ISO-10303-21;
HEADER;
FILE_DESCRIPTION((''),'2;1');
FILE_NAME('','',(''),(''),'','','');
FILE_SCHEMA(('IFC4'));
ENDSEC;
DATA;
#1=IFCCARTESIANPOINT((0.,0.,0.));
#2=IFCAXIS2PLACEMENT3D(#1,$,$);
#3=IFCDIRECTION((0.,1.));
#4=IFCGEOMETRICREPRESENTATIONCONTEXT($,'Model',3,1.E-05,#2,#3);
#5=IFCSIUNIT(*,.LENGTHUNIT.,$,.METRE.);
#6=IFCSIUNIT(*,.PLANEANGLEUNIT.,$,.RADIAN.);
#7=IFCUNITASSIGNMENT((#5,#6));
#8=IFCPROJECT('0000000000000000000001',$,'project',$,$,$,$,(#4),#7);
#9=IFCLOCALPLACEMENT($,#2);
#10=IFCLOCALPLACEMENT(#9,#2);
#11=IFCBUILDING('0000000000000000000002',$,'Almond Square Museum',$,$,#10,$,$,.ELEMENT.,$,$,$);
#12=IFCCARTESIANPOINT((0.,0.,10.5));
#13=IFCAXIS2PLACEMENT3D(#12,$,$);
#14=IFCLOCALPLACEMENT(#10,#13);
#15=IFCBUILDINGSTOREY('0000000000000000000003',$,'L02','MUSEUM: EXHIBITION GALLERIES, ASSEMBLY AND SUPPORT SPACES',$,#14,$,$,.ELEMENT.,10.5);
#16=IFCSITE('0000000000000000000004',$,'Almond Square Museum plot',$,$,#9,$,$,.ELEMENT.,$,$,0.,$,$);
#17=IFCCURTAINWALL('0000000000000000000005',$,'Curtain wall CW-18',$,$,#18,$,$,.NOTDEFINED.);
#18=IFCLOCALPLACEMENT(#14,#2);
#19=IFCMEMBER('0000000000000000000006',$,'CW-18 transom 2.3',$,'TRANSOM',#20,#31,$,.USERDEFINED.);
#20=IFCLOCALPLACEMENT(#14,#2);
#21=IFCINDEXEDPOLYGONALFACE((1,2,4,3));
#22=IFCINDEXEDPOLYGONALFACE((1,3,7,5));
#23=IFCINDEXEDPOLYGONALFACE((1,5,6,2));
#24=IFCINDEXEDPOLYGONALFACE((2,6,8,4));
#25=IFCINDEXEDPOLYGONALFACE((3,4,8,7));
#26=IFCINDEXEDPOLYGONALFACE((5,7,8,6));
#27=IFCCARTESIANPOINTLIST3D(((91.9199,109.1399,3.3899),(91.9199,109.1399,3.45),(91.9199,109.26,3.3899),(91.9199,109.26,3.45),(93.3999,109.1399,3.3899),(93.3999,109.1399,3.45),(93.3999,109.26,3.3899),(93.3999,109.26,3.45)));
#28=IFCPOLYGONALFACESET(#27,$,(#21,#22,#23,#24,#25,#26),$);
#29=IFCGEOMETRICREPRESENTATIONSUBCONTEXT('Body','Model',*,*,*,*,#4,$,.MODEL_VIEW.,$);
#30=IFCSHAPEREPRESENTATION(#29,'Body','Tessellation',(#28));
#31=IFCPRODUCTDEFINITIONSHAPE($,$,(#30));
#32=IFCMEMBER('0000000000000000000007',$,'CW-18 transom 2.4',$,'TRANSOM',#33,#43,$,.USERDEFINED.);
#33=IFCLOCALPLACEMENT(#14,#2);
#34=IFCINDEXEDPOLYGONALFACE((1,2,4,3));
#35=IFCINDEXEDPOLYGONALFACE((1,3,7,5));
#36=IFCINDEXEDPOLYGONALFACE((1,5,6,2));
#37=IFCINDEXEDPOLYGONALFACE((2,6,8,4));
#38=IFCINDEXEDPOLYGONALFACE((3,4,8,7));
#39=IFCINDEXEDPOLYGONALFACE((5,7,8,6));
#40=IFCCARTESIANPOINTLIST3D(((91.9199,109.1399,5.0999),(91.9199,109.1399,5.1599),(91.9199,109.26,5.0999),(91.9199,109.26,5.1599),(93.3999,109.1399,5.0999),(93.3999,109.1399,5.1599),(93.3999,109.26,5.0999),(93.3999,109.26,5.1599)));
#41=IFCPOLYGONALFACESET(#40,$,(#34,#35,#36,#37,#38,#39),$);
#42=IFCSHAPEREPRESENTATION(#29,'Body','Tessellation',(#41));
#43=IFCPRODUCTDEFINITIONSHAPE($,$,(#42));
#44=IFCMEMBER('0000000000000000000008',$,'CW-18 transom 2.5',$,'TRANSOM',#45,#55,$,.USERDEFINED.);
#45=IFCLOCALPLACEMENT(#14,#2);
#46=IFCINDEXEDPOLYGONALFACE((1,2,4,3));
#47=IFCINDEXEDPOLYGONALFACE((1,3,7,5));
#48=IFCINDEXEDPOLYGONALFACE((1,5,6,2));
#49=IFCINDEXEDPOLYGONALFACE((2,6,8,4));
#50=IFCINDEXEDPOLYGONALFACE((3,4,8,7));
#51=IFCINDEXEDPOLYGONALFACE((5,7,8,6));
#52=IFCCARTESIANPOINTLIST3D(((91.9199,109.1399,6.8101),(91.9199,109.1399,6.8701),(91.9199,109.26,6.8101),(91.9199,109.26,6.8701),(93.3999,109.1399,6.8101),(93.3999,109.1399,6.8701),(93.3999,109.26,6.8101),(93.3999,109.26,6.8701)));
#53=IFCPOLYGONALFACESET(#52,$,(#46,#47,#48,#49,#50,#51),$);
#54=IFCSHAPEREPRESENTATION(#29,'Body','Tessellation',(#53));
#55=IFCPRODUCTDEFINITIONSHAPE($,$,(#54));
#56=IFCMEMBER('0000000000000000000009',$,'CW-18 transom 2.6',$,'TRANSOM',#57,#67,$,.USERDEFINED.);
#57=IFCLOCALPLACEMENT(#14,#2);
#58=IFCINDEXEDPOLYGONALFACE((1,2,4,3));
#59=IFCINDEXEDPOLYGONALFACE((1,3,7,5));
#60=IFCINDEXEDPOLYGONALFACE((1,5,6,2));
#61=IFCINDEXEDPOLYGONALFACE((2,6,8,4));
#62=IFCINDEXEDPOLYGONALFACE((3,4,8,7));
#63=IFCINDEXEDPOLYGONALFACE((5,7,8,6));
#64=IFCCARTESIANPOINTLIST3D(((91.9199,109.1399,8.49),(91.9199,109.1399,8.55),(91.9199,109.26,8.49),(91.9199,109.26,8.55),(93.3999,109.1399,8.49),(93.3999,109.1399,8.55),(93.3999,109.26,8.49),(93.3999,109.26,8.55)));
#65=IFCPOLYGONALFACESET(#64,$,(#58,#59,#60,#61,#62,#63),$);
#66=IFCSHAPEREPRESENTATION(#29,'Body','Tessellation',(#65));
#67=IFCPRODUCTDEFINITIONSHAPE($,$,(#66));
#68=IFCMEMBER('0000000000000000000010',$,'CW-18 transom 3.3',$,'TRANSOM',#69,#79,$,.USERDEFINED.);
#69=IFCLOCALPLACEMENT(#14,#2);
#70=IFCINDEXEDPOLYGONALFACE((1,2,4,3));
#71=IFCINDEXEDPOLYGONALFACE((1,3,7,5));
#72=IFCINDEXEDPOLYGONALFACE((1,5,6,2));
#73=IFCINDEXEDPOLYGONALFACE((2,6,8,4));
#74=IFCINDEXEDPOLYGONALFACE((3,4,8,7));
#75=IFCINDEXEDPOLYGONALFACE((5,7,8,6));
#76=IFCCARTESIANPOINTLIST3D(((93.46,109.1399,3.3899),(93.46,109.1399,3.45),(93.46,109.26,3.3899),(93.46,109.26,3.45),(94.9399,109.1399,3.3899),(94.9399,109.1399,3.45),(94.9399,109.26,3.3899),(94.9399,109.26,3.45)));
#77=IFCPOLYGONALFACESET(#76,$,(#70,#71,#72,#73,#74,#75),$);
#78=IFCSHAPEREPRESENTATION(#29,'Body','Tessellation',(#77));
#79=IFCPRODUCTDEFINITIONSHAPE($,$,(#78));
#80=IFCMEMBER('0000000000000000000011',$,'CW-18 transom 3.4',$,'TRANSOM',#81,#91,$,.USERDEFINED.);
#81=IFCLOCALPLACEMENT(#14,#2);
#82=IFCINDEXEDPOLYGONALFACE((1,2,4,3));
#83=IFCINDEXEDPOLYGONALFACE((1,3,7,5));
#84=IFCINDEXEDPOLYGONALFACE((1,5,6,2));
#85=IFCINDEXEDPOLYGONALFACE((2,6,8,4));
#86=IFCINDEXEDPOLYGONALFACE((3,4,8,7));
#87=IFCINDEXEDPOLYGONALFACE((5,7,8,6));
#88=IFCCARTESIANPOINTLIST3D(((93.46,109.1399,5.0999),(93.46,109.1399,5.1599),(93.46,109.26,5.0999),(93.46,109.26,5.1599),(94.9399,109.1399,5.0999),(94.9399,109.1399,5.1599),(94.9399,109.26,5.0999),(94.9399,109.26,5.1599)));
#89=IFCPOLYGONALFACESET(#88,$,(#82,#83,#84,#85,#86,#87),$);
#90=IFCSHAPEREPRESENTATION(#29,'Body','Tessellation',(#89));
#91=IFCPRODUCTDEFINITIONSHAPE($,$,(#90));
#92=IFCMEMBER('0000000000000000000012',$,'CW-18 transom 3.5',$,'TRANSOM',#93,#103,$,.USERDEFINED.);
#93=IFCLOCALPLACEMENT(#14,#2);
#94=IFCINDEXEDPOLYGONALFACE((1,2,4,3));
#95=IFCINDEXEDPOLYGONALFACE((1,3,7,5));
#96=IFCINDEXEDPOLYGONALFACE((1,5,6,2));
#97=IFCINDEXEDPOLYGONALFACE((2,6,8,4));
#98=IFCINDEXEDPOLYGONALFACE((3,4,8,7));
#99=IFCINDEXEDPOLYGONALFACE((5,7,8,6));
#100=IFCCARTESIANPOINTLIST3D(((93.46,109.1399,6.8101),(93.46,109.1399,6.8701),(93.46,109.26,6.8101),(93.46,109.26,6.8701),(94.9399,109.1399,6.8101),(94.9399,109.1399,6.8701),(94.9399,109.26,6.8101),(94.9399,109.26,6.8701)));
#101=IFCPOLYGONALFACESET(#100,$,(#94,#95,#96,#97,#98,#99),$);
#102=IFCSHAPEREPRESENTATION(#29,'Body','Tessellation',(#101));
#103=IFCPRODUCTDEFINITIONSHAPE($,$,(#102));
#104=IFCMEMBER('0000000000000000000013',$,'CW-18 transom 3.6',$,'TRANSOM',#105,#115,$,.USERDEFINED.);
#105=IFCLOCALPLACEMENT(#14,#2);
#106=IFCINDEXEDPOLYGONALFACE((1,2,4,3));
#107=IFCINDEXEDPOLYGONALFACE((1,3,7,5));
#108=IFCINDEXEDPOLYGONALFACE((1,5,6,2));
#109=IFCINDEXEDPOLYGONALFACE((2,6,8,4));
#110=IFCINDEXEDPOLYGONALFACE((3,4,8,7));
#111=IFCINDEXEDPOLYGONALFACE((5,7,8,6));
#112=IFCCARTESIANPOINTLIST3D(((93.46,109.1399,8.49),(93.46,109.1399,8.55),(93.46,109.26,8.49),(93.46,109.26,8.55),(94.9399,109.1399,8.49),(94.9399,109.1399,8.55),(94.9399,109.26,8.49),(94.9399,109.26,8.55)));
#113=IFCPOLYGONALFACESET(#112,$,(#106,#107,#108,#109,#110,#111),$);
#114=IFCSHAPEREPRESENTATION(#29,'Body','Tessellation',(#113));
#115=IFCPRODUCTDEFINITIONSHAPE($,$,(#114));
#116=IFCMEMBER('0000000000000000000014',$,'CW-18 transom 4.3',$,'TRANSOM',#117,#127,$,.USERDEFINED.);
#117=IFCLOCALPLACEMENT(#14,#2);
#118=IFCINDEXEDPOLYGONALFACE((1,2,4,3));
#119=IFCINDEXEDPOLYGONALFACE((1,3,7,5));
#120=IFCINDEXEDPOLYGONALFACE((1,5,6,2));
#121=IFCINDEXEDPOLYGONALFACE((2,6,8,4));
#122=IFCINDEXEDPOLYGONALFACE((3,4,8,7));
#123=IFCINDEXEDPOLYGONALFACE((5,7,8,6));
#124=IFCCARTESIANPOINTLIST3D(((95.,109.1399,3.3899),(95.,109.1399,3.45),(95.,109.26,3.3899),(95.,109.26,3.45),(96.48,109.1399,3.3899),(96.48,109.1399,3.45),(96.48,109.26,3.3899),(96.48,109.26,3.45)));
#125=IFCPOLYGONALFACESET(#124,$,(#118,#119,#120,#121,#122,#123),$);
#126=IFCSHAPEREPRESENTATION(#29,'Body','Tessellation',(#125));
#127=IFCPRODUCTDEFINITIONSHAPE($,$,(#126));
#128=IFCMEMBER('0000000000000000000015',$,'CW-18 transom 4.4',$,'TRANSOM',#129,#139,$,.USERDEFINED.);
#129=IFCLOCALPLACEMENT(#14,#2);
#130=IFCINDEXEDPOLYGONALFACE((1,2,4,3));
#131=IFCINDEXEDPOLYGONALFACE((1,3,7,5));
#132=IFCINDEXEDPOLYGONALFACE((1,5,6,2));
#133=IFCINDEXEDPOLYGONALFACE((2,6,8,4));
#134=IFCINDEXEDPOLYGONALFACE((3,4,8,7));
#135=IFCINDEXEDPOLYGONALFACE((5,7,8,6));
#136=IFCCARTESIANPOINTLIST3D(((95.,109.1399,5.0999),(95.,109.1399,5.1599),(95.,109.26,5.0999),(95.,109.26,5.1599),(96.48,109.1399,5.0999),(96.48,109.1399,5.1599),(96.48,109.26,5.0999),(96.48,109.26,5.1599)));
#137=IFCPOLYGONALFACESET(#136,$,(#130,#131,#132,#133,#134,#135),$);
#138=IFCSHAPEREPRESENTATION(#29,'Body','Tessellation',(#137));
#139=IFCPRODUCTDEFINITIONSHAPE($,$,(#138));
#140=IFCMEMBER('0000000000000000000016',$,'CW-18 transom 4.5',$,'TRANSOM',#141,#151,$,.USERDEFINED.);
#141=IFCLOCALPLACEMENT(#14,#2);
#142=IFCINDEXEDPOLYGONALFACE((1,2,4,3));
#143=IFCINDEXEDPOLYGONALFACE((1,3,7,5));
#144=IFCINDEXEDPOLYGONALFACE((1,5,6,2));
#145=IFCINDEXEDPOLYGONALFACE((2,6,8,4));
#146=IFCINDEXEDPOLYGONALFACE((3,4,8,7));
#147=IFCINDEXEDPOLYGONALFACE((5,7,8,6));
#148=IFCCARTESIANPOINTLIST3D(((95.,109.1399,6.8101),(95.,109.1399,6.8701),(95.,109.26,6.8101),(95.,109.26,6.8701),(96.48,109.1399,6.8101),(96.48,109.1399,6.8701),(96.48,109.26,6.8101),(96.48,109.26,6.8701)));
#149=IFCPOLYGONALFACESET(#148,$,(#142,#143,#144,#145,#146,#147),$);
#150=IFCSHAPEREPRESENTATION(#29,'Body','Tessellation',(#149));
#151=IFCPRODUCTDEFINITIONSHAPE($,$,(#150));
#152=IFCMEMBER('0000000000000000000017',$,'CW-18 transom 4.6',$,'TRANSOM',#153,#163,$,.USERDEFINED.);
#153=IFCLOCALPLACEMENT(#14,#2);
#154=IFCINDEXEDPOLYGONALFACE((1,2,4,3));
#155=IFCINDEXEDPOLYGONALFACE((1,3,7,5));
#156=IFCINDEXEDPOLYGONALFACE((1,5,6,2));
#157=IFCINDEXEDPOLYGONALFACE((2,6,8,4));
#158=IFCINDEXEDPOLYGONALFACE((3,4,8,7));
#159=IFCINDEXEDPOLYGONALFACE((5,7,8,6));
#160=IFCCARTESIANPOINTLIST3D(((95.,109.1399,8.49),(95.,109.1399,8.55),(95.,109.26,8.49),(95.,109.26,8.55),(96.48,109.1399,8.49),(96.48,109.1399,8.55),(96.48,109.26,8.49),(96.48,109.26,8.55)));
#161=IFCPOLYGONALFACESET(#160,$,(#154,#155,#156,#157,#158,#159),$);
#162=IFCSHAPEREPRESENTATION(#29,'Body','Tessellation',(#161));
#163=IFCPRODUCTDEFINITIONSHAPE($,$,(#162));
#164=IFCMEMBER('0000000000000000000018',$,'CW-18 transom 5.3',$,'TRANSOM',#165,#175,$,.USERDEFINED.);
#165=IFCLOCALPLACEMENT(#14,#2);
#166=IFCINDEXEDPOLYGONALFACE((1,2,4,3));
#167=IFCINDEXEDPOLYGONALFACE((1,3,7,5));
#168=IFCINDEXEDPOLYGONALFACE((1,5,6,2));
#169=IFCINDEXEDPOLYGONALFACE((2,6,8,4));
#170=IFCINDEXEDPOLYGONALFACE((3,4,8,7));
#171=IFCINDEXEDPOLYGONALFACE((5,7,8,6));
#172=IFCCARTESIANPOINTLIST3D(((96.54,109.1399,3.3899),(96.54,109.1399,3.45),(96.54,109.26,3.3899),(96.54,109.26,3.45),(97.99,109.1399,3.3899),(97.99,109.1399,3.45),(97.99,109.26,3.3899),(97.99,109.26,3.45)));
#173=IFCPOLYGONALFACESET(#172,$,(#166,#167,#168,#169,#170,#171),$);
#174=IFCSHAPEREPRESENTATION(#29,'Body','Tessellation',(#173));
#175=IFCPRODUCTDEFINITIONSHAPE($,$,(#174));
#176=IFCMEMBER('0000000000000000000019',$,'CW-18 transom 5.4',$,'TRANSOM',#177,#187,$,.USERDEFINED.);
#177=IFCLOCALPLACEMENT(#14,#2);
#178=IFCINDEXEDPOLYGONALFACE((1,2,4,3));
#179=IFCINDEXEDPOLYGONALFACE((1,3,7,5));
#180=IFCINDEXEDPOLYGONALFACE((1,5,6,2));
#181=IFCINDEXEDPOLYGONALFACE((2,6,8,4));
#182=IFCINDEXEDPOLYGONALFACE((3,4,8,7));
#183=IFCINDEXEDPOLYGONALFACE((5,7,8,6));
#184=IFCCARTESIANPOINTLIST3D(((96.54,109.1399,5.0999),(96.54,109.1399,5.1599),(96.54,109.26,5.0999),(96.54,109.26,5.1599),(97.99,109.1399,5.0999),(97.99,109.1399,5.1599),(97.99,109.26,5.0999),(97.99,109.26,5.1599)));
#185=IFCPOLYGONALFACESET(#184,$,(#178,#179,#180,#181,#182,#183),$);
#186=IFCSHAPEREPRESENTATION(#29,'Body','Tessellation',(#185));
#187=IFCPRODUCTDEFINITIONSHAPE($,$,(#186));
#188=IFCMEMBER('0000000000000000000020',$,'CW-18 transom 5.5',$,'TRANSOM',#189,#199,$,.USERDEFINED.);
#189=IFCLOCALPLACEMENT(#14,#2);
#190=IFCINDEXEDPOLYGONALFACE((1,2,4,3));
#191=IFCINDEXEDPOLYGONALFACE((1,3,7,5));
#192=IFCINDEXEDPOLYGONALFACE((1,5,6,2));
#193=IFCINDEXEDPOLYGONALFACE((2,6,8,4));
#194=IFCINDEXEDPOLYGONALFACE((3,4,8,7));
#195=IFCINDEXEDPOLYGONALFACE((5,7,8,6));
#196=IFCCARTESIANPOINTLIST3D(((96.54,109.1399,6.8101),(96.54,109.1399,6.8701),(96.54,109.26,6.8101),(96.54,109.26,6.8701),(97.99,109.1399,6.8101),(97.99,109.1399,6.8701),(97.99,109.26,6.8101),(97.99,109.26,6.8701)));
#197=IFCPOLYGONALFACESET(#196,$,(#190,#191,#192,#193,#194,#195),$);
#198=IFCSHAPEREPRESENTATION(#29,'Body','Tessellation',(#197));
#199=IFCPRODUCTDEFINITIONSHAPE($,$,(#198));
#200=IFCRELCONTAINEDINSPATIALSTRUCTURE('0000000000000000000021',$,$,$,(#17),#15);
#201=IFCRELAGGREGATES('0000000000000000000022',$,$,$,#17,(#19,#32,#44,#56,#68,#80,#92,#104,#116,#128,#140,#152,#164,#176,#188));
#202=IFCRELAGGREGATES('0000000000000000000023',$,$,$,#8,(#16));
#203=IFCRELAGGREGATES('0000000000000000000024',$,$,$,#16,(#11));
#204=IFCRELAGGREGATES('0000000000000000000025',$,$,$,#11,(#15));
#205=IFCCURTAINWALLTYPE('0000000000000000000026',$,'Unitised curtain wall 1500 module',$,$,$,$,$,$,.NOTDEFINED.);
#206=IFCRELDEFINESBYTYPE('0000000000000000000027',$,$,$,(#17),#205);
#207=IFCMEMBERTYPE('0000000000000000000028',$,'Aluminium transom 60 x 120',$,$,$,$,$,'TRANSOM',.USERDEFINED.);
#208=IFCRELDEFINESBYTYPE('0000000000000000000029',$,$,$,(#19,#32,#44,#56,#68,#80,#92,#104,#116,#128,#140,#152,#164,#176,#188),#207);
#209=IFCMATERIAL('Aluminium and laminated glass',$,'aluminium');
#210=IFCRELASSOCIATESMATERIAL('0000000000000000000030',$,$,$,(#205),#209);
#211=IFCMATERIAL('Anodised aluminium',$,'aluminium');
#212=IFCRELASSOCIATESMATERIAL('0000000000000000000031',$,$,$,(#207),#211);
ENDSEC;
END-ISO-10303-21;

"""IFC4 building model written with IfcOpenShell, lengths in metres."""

from ifc_helpers import new_model, si_unit, direction, frame, origin, origin_2d, place, context, subcontext, project, spatial, rectangle, extrude, material, material_profile, profile_set, type_object, element, aggregate, save


model = new_model("IFC4")

# Units and contexts
model_context = context("Model", 3, precision=1e-05, world=origin(), true_north=direction((0.0, 1.0)))
body_context = subcontext(model_context, "Body", "Model", "MODEL_VIEW")
ifc_project = project(units=[si_unit("LENGTHUNIT", "METRE"), si_unit("PLANEANGLEUNIT", "RADIAN")], contexts=[model_context])

# Site, building, storey
site_placement = place(None, origin())
site = spatial("IfcSite", under=ifc_project, at=site_placement, Name="Almond Square Museum plot", CompositionType="ELEMENT", RefElevation=0.0)
building_placement = place(site_placement, origin())
building = spatial("IfcBuilding", under=site, at=building_placement, Name="Almond Square Museum", CompositionType="ELEMENT")
storey_placement = place(building_placement, frame((0.0, 0.0, 10.5)))
storey = spatial("IfcBuildingStorey", under=building, at=storey_placement, Name="L02", Description="MUSEUM: EXHIBITION GALLERIES, ASSEMBLY AND SUPPORT SPACES", CompositionType="ELEMENT", Elevation=10.5)

# Curtain wall, members
ifc_material_1 = material(Name="Aluminium and laminated glass", Category="aluminium")
curtain_wall_type = type_object("IfcCurtainWallType", Name="Unitised curtain wall 1500 module", PredefinedType="NOTDEFINED", material=ifc_material_1)
curtain_wall_placement = place(storey_placement, origin())
curtain_wall = element("IfcCurtainWall", 1, at=curtain_wall_placement, inside=storey, type_object=curtain_wall_type, Name="Curtain wall CW-18", PredefinedType="NOTDEFINED")
ifc_material_2 = material(Name="Anodised aluminium", Category="aluminium")
ifc_material_profile = material_profile(ifc_material_2, rectangle(XDim=0.1201, YDim=0.0601, at=origin_2d()))
ifc_profile_set = profile_set([ifc_material_profile], Name="Anodised aluminium")
member_type = type_object("IfcMemberType", Name="Aluminium transom 60 x 120", ElementType="TRANSOM", PredefinedType="USERDEFINED", material=ifc_profile_set)
member_1_placement = place(storey_placement, frame((91.9199, 109.2, 3.4199), z_axis=(1.0, 0.0, 0.0), x_axis=(0.0, 1.0, 0.0)))
member_1 = element("IfcMember", 2, at=member_1_placement, type_object=member_type, Name="CW-18 transom 2.3", ObjectType="TRANSOM", PredefinedType="USERDEFINED", context=body_context, shape_type="SweptSolid", body=[
    extrude(rectangle(XDim=0.1201, YDim=0.0601, at=origin_2d()), origin(), (0.0, 0.0, 1.0), 1.48),
])
member_2_placement = place(storey_placement, frame((91.9199, 109.2, 5.1299), z_axis=(1.0, 0.0, 0.0), x_axis=(0.0, 1.0, 0.0)))
member_2 = element("IfcMember", 3, at=member_2_placement, type_object=member_type, Name="CW-18 transom 2.4", ObjectType="TRANSOM", PredefinedType="USERDEFINED", context=body_context, shape_type="SweptSolid", body=[
    extrude(rectangle(XDim=0.1201, YDim=0.0601, at=origin_2d()), origin(), (0.0, 0.0, 1.0), 1.48),
])
member_3_placement = place(storey_placement, frame((91.9199, 109.2, 6.8401), z_axis=(1.0, 0.0, 0.0), x_axis=(0.0, 1.0, 0.0)))
member_3 = element("IfcMember", 4, at=member_3_placement, type_object=member_type, Name="CW-18 transom 2.5", ObjectType="TRANSOM", PredefinedType="USERDEFINED", context=body_context, shape_type="SweptSolid", body=[
    extrude(rectangle(XDim=0.1201, YDim=0.0601, at=origin_2d()), origin(), (0.0, 0.0, 1.0), 1.48),
])
member_4_placement = place(storey_placement, frame((91.9199, 109.2, 8.52), z_axis=(1.0, 0.0, 0.0), x_axis=(0.0, 1.0, 0.0)))
member_4 = element("IfcMember", 5, at=member_4_placement, type_object=member_type, Name="CW-18 transom 2.6", ObjectType="TRANSOM", PredefinedType="USERDEFINED", context=body_context, shape_type="SweptSolid", body=[
    extrude(rectangle(XDim=0.1201, YDim=0.0601, at=origin_2d()), origin(), (0.0, 0.0, 1.0), 1.48),
])
member_5_placement = place(storey_placement, frame((93.46, 109.2, 3.4199), z_axis=(1.0, 0.0, 0.0), x_axis=(0.0, 1.0, 0.0)))
member_5 = element("IfcMember", 6, at=member_5_placement, type_object=member_type, Name="CW-18 transom 3.3", ObjectType="TRANSOM", PredefinedType="USERDEFINED", context=body_context, shape_type="SweptSolid", body=[
    extrude(rectangle(XDim=0.1201, YDim=0.0601, at=origin_2d()), origin(), (0.0, 0.0, 1.0), 1.48),
])
member_6_placement = place(storey_placement, frame((93.46, 109.2, 5.1299), z_axis=(1.0, 0.0, 0.0), x_axis=(0.0, 1.0, 0.0)))
member_6 = element("IfcMember", 7, at=member_6_placement, type_object=member_type, Name="CW-18 transom 3.4", ObjectType="TRANSOM", PredefinedType="USERDEFINED", context=body_context, shape_type="SweptSolid", body=[
    extrude(rectangle(XDim=0.1201, YDim=0.0601, at=origin_2d()), origin(), (0.0, 0.0, 1.0), 1.48),
])
member_7_placement = place(storey_placement, frame((93.46, 109.2, 6.8401), z_axis=(1.0, 0.0, 0.0), x_axis=(0.0, 1.0, 0.0)))
member_7 = element("IfcMember", 8, at=member_7_placement, type_object=member_type, Name="CW-18 transom 3.5", ObjectType="TRANSOM", PredefinedType="USERDEFINED", context=body_context, shape_type="SweptSolid", body=[
    extrude(rectangle(XDim=0.1201, YDim=0.0601, at=origin_2d()), origin(), (0.0, 0.0, 1.0), 1.48),
])
member_8_placement = place(storey_placement, frame((93.46, 109.2, 8.52), z_axis=(1.0, 0.0, 0.0), x_axis=(0.0, 1.0, 0.0)))
member_8 = element("IfcMember", 9, at=member_8_placement, type_object=member_type, Name="CW-18 transom 3.6", ObjectType="TRANSOM", PredefinedType="USERDEFINED", context=body_context, shape_type="SweptSolid", body=[
    extrude(rectangle(XDim=0.1201, YDim=0.0601, at=origin_2d()), origin(), (0.0, 0.0, 1.0), 1.48),
])
member_9_placement = place(storey_placement, frame((95.0, 109.2, 3.4199), z_axis=(1.0, 0.0, 0.0), x_axis=(0.0, 1.0, 0.0)))
member_9 = element("IfcMember", 10, at=member_9_placement, type_object=member_type, Name="CW-18 transom 4.3", ObjectType="TRANSOM", PredefinedType="USERDEFINED", context=body_context, shape_type="SweptSolid", body=[
    extrude(rectangle(XDim=0.1201, YDim=0.0601, at=origin_2d()), origin(), (0.0, 0.0, 1.0), 1.48),
])
member_10_placement = place(storey_placement, frame((95.0, 109.2, 5.1299), z_axis=(1.0, 0.0, 0.0), x_axis=(0.0, 1.0, 0.0)))
member_10 = element("IfcMember", 11, at=member_10_placement, type_object=member_type, Name="CW-18 transom 4.4", ObjectType="TRANSOM", PredefinedType="USERDEFINED", context=body_context, shape_type="SweptSolid", body=[
    extrude(rectangle(XDim=0.1201, YDim=0.0601, at=origin_2d()), origin(), (0.0, 0.0, 1.0), 1.48),
])
member_11_placement = place(storey_placement, frame((95.0, 109.2, 6.8401), z_axis=(1.0, 0.0, 0.0), x_axis=(0.0, 1.0, 0.0)))
member_11 = element("IfcMember", 12, at=member_11_placement, type_object=member_type, Name="CW-18 transom 4.5", ObjectType="TRANSOM", PredefinedType="USERDEFINED", context=body_context, shape_type="SweptSolid", body=[
    extrude(rectangle(XDim=0.1201, YDim=0.0601, at=origin_2d()), origin(), (0.0, 0.0, 1.0), 1.48),
])
member_12_placement = place(storey_placement, frame((95.0, 109.2, 8.52), z_axis=(1.0, 0.0, 0.0), x_axis=(0.0, 1.0, 0.0)))
member_12 = element("IfcMember", 13, at=member_12_placement, type_object=member_type, Name="CW-18 transom 4.6", ObjectType="TRANSOM", PredefinedType="USERDEFINED", context=body_context, shape_type="SweptSolid", body=[
    extrude(rectangle(XDim=0.1201, YDim=0.0601, at=origin_2d()), origin(), (0.0, 0.0, 1.0), 1.48),
])
member_13_placement = place(storey_placement, frame((96.54, 109.2, 3.4199), z_axis=(1.0, 0.0, 0.0), x_axis=(0.0, 1.0, 0.0)))
member_13 = element("IfcMember", 14, at=member_13_placement, type_object=member_type, Name="CW-18 transom 5.3", ObjectType="TRANSOM", PredefinedType="USERDEFINED", context=body_context, shape_type="SweptSolid", body=[
    extrude(rectangle(XDim=0.1201, YDim=0.0601, at=origin_2d()), origin(), (0.0, 0.0, 1.0), 1.45),
])
member_14_placement = place(storey_placement, frame((96.54, 109.2, 5.1299), z_axis=(1.0, 0.0, 0.0), x_axis=(0.0, 1.0, 0.0)))
member_14 = element("IfcMember", 15, at=member_14_placement, type_object=member_type, Name="CW-18 transom 5.4", ObjectType="TRANSOM", PredefinedType="USERDEFINED", context=body_context, shape_type="SweptSolid", body=[
    extrude(rectangle(XDim=0.1201, YDim=0.0601, at=origin_2d()), origin(), (0.0, 0.0, 1.0), 1.45),
])
member_15_placement = place(storey_placement, frame((96.54, 109.2, 6.8401), z_axis=(1.0, 0.0, 0.0), x_axis=(0.0, 1.0, 0.0)))
member_15 = element("IfcMember", 16, at=member_15_placement, type_object=member_type, Name="CW-18 transom 5.5", ObjectType="TRANSOM", PredefinedType="USERDEFINED", context=body_context, shape_type="SweptSolid", body=[
    extrude(rectangle(XDim=0.1201, YDim=0.0601, at=origin_2d()), origin(), (0.0, 0.0, 1.0), 1.45),
])
aggregate(curtain_wall, [member_1, member_2, member_3, member_4, member_5, member_6, member_7, member_8, member_9, member_10, member_11, member_12, member_13, member_14, member_15])

save(model, "model.ifc")
